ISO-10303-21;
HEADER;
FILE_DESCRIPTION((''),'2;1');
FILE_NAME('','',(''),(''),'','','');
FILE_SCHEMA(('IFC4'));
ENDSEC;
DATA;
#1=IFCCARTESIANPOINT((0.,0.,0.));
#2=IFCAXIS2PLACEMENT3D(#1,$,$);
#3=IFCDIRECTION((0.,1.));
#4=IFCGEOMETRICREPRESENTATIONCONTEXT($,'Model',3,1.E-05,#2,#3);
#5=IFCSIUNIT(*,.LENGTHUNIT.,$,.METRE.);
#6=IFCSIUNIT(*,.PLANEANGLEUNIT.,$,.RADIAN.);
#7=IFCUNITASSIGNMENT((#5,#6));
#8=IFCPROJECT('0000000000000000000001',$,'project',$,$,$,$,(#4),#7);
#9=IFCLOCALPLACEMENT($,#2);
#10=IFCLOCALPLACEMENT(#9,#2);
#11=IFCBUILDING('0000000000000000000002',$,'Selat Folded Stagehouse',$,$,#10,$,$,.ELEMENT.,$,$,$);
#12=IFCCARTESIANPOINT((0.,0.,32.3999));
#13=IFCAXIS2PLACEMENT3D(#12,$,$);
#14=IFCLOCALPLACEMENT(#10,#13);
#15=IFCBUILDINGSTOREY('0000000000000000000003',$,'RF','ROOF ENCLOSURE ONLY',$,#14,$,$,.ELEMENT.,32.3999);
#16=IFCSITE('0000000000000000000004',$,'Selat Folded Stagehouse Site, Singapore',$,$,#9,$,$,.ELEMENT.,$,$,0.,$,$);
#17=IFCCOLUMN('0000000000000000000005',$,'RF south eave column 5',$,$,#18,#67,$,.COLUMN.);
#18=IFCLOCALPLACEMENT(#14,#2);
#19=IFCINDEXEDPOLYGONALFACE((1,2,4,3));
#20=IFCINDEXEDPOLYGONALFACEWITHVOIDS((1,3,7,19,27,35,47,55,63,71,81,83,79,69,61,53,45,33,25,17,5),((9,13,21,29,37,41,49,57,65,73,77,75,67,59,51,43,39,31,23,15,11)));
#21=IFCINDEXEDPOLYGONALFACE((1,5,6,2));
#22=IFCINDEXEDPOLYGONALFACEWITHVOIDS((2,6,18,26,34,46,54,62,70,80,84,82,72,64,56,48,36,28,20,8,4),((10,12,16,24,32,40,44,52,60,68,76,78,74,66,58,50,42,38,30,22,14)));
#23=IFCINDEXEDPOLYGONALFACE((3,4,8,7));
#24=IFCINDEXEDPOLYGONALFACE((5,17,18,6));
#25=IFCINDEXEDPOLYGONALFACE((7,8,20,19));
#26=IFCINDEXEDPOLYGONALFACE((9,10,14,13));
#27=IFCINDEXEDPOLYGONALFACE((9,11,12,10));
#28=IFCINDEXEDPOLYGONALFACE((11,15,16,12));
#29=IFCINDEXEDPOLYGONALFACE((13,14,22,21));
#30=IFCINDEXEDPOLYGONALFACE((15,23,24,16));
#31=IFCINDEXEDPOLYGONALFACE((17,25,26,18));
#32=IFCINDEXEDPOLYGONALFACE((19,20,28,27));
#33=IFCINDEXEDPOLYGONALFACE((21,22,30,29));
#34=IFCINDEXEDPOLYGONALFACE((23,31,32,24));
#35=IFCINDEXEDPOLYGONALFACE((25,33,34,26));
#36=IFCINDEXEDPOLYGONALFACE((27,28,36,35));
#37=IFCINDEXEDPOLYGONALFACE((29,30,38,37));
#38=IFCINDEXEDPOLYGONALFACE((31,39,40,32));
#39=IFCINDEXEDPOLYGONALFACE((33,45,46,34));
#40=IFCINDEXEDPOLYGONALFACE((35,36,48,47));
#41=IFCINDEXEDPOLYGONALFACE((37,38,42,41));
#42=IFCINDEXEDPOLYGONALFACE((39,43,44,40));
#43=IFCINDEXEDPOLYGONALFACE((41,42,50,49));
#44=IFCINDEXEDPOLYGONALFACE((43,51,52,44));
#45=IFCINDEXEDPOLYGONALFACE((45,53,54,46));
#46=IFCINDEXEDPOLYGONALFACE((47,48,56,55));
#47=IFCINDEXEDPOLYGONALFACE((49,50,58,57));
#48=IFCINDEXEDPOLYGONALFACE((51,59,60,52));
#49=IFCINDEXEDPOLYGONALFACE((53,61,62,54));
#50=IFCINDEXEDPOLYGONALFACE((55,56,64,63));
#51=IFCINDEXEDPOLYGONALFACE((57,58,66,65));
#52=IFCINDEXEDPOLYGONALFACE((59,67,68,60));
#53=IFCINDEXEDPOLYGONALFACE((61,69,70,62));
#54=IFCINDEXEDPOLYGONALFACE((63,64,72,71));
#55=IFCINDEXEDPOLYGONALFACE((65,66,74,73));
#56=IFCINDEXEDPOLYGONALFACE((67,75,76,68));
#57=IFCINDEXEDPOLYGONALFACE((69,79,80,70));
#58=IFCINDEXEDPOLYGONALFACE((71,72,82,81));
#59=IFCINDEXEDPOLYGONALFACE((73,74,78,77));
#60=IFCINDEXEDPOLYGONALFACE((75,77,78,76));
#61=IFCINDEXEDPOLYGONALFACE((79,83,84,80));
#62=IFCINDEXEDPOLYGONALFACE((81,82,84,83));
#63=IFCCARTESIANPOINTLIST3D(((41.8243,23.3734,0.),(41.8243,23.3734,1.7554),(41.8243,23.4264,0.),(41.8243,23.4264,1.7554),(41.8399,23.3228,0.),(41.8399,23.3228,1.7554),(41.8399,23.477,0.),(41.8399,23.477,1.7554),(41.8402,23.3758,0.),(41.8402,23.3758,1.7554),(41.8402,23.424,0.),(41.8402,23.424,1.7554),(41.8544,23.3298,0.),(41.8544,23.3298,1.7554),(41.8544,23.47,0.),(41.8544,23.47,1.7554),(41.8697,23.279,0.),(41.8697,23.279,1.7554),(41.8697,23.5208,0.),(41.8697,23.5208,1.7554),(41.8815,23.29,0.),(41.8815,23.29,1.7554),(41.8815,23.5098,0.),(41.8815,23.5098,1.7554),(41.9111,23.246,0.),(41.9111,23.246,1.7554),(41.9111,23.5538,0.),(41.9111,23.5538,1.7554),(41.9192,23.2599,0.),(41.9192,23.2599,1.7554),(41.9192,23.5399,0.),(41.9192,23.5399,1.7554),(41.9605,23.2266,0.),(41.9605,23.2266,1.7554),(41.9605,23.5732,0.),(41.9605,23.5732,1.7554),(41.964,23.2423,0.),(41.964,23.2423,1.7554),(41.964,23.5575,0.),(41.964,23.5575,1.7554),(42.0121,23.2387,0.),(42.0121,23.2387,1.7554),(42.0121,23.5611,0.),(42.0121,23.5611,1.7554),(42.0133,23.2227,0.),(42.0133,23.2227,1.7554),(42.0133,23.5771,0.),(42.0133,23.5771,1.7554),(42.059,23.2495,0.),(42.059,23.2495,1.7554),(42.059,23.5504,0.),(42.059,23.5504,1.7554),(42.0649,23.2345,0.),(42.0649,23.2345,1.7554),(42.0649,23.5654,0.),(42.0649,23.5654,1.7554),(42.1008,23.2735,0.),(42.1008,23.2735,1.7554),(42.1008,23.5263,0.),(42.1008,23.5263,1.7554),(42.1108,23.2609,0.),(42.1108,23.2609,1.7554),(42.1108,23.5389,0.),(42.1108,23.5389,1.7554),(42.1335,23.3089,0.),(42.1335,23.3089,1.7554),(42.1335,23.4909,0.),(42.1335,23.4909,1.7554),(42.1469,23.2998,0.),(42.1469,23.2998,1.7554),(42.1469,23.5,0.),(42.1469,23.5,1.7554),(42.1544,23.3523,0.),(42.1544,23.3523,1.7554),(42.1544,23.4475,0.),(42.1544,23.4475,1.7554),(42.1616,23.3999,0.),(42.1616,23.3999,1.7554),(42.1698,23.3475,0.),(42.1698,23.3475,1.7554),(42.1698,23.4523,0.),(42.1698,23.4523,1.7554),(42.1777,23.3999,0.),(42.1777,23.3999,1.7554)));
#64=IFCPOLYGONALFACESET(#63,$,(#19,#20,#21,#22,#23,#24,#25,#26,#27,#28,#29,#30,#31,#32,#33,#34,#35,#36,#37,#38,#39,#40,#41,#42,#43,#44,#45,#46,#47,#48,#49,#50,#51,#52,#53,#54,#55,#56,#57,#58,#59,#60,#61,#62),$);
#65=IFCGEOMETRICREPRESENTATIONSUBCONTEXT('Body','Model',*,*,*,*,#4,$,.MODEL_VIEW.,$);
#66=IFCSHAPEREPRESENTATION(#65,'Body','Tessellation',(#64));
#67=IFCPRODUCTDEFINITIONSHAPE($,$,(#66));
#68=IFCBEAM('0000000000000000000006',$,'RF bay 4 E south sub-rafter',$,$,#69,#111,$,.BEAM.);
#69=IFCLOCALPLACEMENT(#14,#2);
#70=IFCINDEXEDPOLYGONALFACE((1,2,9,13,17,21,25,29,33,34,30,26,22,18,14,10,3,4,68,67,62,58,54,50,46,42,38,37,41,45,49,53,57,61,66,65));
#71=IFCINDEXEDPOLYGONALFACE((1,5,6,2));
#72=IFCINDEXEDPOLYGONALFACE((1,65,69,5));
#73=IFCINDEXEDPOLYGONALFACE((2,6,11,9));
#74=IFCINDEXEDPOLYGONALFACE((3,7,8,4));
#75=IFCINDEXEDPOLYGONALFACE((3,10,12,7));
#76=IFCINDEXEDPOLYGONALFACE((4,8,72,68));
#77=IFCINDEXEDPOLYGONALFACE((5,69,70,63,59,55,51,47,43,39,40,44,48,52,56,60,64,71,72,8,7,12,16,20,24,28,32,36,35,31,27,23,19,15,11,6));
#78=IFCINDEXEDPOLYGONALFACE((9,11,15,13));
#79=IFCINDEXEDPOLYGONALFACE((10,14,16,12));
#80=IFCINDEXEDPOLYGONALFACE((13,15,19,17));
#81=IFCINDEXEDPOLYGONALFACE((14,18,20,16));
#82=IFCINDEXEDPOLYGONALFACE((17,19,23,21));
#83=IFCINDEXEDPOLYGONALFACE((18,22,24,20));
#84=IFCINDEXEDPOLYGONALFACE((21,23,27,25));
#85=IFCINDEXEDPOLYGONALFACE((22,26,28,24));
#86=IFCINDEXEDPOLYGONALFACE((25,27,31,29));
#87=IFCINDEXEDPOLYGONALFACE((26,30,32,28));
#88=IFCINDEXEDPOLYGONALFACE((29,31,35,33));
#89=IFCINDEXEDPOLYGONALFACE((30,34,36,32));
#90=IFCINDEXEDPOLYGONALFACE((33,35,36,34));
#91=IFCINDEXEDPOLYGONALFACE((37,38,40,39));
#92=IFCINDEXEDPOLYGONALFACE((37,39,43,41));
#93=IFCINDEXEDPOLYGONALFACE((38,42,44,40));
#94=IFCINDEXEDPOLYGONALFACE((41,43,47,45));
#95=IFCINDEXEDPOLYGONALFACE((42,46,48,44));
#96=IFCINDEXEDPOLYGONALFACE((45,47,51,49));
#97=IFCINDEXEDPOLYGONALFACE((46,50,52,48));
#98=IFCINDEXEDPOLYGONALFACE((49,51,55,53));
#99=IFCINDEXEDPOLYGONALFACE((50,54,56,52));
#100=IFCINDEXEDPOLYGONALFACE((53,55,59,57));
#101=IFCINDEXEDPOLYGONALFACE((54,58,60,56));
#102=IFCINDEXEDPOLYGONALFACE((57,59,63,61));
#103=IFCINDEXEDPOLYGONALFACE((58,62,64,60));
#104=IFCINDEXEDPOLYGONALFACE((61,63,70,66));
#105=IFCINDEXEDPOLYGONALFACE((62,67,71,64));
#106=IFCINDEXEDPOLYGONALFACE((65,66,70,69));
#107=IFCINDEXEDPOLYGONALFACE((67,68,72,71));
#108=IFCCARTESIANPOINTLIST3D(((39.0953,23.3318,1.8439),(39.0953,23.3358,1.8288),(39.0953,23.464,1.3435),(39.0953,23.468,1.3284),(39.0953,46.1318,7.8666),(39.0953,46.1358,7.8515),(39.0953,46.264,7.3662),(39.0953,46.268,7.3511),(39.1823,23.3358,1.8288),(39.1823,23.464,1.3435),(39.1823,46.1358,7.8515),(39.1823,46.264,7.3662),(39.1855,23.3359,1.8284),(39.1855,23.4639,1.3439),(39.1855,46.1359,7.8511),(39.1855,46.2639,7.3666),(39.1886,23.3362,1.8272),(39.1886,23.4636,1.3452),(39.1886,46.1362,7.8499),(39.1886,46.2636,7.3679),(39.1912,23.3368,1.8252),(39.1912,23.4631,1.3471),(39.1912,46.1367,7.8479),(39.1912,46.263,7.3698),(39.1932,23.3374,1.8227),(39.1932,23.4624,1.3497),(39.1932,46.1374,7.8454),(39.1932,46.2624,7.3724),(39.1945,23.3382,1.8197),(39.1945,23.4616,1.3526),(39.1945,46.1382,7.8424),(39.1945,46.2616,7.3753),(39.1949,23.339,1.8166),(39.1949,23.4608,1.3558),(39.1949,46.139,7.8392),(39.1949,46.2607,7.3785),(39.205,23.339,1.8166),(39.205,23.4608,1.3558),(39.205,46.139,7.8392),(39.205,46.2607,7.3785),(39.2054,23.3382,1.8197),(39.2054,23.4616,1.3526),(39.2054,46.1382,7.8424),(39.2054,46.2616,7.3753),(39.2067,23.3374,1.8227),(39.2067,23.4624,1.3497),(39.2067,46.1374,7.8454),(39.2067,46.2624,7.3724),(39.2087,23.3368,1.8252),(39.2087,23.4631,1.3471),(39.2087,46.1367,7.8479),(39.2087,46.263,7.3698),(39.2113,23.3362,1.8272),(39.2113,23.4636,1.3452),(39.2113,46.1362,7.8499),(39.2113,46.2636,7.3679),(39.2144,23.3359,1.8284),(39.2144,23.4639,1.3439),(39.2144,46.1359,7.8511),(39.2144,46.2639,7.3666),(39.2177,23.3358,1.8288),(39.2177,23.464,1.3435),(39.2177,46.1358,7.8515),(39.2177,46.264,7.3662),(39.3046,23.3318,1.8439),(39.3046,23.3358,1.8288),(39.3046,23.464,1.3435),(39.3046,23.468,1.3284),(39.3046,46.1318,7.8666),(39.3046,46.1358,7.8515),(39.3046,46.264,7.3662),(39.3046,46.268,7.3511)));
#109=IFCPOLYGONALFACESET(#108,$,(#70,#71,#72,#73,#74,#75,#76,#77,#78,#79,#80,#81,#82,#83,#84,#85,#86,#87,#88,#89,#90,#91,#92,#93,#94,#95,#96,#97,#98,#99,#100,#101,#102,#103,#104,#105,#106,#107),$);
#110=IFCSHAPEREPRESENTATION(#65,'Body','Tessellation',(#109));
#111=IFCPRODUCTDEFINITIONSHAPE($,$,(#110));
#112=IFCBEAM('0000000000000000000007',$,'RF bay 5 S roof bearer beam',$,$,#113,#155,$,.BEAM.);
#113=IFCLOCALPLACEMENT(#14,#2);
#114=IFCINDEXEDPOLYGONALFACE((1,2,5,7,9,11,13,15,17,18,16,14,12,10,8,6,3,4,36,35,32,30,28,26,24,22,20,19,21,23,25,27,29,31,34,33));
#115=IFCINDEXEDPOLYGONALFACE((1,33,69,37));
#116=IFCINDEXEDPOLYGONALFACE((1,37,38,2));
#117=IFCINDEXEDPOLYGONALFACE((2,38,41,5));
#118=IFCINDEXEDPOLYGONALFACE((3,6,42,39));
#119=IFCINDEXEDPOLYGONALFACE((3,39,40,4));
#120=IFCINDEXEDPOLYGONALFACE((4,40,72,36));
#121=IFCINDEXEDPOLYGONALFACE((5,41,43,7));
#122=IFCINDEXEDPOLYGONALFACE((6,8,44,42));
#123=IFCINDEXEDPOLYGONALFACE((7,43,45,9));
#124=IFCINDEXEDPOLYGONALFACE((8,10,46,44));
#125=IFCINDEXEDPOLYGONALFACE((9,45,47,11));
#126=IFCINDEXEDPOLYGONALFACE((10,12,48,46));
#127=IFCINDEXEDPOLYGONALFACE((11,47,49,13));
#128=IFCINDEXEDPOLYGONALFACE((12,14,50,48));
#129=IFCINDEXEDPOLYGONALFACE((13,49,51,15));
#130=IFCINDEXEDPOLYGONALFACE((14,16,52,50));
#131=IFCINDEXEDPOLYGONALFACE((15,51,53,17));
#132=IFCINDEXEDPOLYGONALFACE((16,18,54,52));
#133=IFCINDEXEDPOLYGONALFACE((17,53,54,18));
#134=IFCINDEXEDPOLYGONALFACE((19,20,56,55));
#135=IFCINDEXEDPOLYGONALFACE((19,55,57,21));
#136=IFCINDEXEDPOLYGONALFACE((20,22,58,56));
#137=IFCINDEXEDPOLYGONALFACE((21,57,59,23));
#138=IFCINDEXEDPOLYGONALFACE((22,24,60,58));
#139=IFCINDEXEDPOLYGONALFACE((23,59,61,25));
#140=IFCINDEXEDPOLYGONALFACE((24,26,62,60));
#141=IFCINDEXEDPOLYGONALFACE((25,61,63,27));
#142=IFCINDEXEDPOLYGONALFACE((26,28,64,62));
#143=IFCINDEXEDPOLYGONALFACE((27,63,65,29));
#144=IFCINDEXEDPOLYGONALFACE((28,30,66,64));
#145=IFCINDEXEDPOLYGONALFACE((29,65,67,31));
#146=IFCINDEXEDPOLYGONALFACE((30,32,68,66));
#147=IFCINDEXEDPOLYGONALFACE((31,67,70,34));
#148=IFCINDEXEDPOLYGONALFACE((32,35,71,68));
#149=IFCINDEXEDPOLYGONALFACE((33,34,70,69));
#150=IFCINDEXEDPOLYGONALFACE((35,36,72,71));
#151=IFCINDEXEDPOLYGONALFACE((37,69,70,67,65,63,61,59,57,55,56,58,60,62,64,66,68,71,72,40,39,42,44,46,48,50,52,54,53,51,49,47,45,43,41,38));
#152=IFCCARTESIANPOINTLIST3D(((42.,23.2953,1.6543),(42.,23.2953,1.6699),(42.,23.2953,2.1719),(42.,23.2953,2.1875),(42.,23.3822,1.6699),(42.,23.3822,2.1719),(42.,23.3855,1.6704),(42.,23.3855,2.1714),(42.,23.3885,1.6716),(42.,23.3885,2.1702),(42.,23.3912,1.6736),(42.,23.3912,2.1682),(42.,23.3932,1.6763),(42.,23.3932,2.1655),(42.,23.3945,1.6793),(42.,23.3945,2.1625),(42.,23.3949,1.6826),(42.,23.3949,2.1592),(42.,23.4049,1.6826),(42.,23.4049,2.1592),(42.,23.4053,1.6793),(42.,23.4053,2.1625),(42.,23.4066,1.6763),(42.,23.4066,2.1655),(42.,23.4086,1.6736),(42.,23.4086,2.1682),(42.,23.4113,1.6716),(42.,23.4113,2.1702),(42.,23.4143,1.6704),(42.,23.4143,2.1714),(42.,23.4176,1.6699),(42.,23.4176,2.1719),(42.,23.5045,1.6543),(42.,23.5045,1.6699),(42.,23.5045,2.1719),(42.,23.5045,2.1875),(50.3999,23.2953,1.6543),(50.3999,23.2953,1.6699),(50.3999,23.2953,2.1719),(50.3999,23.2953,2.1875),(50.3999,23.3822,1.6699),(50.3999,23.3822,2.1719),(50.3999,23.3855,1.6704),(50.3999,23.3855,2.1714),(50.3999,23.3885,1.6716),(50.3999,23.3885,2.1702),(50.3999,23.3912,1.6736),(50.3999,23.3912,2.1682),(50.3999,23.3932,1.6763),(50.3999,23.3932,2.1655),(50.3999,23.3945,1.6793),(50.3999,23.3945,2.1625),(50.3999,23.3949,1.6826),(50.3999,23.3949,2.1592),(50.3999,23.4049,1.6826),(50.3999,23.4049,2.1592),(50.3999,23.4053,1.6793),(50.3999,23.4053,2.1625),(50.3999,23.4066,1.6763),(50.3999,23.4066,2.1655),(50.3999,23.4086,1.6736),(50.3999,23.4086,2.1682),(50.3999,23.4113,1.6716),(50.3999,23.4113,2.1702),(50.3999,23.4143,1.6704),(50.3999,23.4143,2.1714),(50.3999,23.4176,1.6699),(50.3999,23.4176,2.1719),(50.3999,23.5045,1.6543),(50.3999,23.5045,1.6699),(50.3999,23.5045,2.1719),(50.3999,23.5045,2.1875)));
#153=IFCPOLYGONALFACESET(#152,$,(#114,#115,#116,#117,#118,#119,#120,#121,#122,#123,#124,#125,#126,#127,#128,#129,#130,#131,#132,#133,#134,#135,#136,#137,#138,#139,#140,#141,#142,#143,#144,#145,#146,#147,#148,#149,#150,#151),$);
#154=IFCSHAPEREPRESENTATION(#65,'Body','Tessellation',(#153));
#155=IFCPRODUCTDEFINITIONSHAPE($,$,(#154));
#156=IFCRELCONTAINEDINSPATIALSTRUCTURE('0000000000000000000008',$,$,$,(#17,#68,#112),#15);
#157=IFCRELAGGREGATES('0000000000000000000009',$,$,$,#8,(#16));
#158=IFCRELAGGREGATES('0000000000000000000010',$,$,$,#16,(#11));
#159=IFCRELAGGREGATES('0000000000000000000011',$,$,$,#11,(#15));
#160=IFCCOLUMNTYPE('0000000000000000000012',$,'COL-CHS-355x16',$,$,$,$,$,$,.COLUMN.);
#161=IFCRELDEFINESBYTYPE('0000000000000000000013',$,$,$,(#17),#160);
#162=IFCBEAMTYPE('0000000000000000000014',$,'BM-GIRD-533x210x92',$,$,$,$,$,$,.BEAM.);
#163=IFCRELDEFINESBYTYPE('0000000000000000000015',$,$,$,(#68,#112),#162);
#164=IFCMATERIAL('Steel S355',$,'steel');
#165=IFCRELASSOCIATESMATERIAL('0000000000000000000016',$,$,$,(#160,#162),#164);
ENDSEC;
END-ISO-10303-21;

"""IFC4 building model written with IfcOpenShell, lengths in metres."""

from ifc_helpers import new_model, si_unit, direction, frame, origin, origin_2d, place, context, subcontext, project, spatial, hollow_circle, i_section, extrude, material, material_profile, profile_set, type_object, element, save


model = new_model("IFC4")

# Units and contexts
model_context = context("Model", 3, precision=1e-05, world=origin(), true_north=direction((0.0, 1.0)))
body_context = subcontext(model_context, "Body", "Model", "MODEL_VIEW")
ifc_project = project(units=[si_unit("LENGTHUNIT", "METRE"), si_unit("PLANEANGLEUNIT", "RADIAN")], contexts=[model_context])

# Site, building, storey
site_placement = place(None, origin())
site = spatial("IfcSite", under=ifc_project, at=site_placement, Name="Selat Folded Stagehouse Site, Singapore", CompositionType="ELEMENT", RefElevation=0.0)
building_placement = place(site_placement, origin())
building = spatial("IfcBuilding", under=site, at=building_placement, Name="Selat Folded Stagehouse", CompositionType="ELEMENT")
storey_placement = place(building_placement, frame((0.0, 0.0, 32.3999)))
storey = spatial("IfcBuildingStorey", under=building, at=storey_placement, Name="RF", Description="ROOF ENCLOSURE ONLY", CompositionType="ELEMENT", Elevation=32.3999)

# Column
ifc_material_1 = material(Name="Steel S355", Category="steel")
ifc_material_profile_1 = material_profile(ifc_material_1, hollow_circle(Radius=0.1777, WallThickness=0.0161, at=origin_2d()), Name="CHS 355.6x16.0")
ifc_profile_set_1 = profile_set([ifc_material_profile_1], Name="Steel S355")
column_type = type_object("IfcColumnType", Name="COL-CHS-355x16", PredefinedType="COLUMN", material=ifc_profile_set_1)
column_placement = place(storey_placement, frame((42.0, 23.3999, 0.0), z_axis=(0.0, 0.0, 1.0), x_axis=(1.0, 0.0, 0.0)))
element("IfcColumn", 1, at=column_placement, inside=storey, type_object=column_type, Name="RF south eave column 5", PredefinedType="COLUMN", context=body_context, shape_type="SweptSolid", body=[
    extrude(hollow_circle(Radius=0.1777, WallThickness=0.0161, at=origin_2d()), origin(), (0.0, 0.0, 1.0), 1.7554),
])

# Beams
ifc_material_profile_2 = material_profile(ifc_material_1, i_section(OverallWidth=0.2092, OverallDepth=0.5332, WebThickness=0.01, FlangeThickness=0.0156, FilletRadius=0.0127, at=origin_2d()), Name="UKB 533x210x92")
ifc_profile_set_2 = profile_set([ifc_material_profile_2], Name="Steel S355")
beam_type_1 = type_object("IfcBeamType", Name="BM-GIRD-533x210x92", PredefinedType="BEAM", material=ifc_profile_set_2)
beam_1_placement = place(storey_placement, frame((39.2, 23.3999, 1.5862), z_axis=(0.0, 0.966837, 0.255393), x_axis=(-1.0, 0.0, 0.0)))
element("IfcBeam", 2, at=beam_1_placement, inside=storey, type_object=beam_type_1, Name="RF bay 4 E south sub-rafter", PredefinedType="BEAM", context=body_context, shape_type="SweptSolid", body=[
    extrude(i_section(OverallWidth=0.2092, OverallDepth=0.5332, WebThickness=0.01, FlangeThickness=0.0156, FilletRadius=0.0127, at=origin_2d()), origin(), (0.0, 0.0, 1.0), 23.582),
])
beam_2_placement = place(storey_placement, frame((42.0, 23.3999, 1.9209), z_axis=(1.0, 0.0, 0.0), x_axis=(0.0, 1.0, 0.0)))
element("IfcBeam", 3, at=beam_2_placement, inside=storey, type_object=beam_type_1, Name="RF bay 5 S roof bearer beam", PredefinedType="BEAM", context=body_context, shape_type="SweptSolid", body=[
    extrude(i_section(OverallWidth=0.2092, OverallDepth=0.5332, WebThickness=0.01, FlangeThickness=0.0156, FilletRadius=0.0127, at=origin_2d()), origin(), (0.0, 0.0, 1.0), 8.3999),
])

save(model, "model.ifc")
